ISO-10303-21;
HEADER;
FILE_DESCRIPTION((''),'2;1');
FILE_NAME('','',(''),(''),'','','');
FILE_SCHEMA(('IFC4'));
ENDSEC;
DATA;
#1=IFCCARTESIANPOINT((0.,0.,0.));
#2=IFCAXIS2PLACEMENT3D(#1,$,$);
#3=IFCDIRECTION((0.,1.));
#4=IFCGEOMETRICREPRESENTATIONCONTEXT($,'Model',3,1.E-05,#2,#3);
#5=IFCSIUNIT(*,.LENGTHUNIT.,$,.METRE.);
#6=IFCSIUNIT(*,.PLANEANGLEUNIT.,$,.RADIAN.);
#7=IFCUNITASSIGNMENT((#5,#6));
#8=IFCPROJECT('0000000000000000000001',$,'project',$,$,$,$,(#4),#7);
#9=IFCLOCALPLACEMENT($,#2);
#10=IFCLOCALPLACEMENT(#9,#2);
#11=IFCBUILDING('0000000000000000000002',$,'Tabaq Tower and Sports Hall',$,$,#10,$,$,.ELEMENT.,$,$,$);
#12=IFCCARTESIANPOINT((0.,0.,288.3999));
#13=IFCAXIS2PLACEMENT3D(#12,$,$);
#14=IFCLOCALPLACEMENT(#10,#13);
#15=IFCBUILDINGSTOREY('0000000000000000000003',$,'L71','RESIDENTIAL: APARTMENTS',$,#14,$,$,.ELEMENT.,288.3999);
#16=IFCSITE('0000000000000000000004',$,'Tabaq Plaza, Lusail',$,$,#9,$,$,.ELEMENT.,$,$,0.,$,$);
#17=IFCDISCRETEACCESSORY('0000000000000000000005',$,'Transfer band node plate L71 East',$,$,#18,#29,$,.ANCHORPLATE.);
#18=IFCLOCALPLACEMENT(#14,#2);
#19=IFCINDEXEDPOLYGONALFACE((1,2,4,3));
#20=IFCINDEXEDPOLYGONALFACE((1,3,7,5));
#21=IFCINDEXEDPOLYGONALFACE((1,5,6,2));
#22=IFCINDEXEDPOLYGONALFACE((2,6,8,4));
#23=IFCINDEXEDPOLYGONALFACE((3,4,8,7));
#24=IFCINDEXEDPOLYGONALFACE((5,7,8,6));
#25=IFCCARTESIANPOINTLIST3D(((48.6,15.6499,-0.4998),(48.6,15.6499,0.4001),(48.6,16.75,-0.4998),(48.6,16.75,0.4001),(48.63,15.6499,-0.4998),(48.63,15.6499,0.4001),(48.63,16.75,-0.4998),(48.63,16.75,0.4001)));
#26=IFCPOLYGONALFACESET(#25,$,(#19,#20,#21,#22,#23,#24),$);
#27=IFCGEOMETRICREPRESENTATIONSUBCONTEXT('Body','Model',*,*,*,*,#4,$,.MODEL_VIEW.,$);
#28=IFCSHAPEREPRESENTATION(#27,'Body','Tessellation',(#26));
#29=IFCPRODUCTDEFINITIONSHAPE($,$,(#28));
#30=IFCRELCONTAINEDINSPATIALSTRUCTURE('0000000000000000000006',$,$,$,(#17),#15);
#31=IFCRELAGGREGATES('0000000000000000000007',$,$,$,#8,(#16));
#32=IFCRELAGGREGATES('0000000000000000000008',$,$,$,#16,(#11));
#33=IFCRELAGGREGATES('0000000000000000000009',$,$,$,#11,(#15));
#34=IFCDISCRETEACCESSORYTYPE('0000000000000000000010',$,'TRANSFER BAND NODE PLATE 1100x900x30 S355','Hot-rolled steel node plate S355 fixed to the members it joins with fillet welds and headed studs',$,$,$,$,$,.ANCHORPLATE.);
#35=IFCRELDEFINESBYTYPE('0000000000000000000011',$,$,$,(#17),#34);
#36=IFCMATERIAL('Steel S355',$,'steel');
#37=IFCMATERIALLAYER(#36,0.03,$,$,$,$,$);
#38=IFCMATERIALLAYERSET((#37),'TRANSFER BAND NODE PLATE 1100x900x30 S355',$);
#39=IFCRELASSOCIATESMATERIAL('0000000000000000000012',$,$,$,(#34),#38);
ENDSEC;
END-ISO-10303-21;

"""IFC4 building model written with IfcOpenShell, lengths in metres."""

from ifc_helpers import new_model, si_unit, direction, frame, origin, origin_2d, place, context, subcontext, project, spatial, rectangle, extrude, material, layer, layer_set, type_object, element, save


model = new_model("IFC4")

# Units and contexts
model_context = context("Model", 3, precision=1e-05, world=origin(), true_north=direction((0.0, 1.0)))
body_context = subcontext(model_context, "Body", "Model", "MODEL_VIEW")
ifc_project = project(units=[si_unit("LENGTHUNIT", "METRE"), si_unit("PLANEANGLEUNIT", "RADIAN")], contexts=[model_context])

# Site, building, storey
site_placement = place(None, origin())
site = spatial("IfcSite", under=ifc_project, at=site_placement, Name="Tabaq Plaza, Lusail", CompositionType="ELEMENT", RefElevation=0.0)
building_placement = place(site_placement, origin())
building = spatial("IfcBuilding", under=site, at=building_placement, Name="Tabaq Tower and Sports Hall", CompositionType="ELEMENT")
storey_placement = place(building_placement, frame((0.0, 0.0, 288.3999)))
storey = spatial("IfcBuildingStorey", under=building, at=storey_placement, Name="L71", Description="RESIDENTIAL: APARTMENTS", CompositionType="ELEMENT", Elevation=288.3999)

# Discrete accessory
ifc_material_1 = material(Name="Steel S355", Category="steel")
ifc_layer_1 = layer(ifc_material_1, 0.03)
ifc_layer_set_1 = layer_set([ifc_layer_1], Name="TRANSFER BAND NODE PLATE 1100x900x30 S355")
discrete_accessory_type = type_object("IfcDiscreteAccessoryType", Name="TRANSFER BAND NODE PLATE 1100x900x30 S355", Description="Hot-rolled steel node plate S355 fixed to the members it joins with fillet welds and headed studs", PredefinedType="ANCHORPLATE", material=ifc_layer_set_1)
discrete_accessory_placement = place(storey_placement, frame((48.615, 16.2, -0.4998), z_axis=(0.0, 0.0, 1.0), x_axis=(0.0, 1.0, 0.0)))
element("IfcDiscreteAccessory", 1, at=discrete_accessory_placement, inside=storey, type_object=discrete_accessory_type, Name="Transfer band node plate L71 East", PredefinedType="ANCHORPLATE", context=body_context, shape_type="SweptSolid", body=[
    extrude(rectangle(XDim=1.1001, YDim=0.03, at=origin_2d()), origin(), (0.0, 0.0, 1.0), 0.8999),
])

save(model, "model.ifc")
